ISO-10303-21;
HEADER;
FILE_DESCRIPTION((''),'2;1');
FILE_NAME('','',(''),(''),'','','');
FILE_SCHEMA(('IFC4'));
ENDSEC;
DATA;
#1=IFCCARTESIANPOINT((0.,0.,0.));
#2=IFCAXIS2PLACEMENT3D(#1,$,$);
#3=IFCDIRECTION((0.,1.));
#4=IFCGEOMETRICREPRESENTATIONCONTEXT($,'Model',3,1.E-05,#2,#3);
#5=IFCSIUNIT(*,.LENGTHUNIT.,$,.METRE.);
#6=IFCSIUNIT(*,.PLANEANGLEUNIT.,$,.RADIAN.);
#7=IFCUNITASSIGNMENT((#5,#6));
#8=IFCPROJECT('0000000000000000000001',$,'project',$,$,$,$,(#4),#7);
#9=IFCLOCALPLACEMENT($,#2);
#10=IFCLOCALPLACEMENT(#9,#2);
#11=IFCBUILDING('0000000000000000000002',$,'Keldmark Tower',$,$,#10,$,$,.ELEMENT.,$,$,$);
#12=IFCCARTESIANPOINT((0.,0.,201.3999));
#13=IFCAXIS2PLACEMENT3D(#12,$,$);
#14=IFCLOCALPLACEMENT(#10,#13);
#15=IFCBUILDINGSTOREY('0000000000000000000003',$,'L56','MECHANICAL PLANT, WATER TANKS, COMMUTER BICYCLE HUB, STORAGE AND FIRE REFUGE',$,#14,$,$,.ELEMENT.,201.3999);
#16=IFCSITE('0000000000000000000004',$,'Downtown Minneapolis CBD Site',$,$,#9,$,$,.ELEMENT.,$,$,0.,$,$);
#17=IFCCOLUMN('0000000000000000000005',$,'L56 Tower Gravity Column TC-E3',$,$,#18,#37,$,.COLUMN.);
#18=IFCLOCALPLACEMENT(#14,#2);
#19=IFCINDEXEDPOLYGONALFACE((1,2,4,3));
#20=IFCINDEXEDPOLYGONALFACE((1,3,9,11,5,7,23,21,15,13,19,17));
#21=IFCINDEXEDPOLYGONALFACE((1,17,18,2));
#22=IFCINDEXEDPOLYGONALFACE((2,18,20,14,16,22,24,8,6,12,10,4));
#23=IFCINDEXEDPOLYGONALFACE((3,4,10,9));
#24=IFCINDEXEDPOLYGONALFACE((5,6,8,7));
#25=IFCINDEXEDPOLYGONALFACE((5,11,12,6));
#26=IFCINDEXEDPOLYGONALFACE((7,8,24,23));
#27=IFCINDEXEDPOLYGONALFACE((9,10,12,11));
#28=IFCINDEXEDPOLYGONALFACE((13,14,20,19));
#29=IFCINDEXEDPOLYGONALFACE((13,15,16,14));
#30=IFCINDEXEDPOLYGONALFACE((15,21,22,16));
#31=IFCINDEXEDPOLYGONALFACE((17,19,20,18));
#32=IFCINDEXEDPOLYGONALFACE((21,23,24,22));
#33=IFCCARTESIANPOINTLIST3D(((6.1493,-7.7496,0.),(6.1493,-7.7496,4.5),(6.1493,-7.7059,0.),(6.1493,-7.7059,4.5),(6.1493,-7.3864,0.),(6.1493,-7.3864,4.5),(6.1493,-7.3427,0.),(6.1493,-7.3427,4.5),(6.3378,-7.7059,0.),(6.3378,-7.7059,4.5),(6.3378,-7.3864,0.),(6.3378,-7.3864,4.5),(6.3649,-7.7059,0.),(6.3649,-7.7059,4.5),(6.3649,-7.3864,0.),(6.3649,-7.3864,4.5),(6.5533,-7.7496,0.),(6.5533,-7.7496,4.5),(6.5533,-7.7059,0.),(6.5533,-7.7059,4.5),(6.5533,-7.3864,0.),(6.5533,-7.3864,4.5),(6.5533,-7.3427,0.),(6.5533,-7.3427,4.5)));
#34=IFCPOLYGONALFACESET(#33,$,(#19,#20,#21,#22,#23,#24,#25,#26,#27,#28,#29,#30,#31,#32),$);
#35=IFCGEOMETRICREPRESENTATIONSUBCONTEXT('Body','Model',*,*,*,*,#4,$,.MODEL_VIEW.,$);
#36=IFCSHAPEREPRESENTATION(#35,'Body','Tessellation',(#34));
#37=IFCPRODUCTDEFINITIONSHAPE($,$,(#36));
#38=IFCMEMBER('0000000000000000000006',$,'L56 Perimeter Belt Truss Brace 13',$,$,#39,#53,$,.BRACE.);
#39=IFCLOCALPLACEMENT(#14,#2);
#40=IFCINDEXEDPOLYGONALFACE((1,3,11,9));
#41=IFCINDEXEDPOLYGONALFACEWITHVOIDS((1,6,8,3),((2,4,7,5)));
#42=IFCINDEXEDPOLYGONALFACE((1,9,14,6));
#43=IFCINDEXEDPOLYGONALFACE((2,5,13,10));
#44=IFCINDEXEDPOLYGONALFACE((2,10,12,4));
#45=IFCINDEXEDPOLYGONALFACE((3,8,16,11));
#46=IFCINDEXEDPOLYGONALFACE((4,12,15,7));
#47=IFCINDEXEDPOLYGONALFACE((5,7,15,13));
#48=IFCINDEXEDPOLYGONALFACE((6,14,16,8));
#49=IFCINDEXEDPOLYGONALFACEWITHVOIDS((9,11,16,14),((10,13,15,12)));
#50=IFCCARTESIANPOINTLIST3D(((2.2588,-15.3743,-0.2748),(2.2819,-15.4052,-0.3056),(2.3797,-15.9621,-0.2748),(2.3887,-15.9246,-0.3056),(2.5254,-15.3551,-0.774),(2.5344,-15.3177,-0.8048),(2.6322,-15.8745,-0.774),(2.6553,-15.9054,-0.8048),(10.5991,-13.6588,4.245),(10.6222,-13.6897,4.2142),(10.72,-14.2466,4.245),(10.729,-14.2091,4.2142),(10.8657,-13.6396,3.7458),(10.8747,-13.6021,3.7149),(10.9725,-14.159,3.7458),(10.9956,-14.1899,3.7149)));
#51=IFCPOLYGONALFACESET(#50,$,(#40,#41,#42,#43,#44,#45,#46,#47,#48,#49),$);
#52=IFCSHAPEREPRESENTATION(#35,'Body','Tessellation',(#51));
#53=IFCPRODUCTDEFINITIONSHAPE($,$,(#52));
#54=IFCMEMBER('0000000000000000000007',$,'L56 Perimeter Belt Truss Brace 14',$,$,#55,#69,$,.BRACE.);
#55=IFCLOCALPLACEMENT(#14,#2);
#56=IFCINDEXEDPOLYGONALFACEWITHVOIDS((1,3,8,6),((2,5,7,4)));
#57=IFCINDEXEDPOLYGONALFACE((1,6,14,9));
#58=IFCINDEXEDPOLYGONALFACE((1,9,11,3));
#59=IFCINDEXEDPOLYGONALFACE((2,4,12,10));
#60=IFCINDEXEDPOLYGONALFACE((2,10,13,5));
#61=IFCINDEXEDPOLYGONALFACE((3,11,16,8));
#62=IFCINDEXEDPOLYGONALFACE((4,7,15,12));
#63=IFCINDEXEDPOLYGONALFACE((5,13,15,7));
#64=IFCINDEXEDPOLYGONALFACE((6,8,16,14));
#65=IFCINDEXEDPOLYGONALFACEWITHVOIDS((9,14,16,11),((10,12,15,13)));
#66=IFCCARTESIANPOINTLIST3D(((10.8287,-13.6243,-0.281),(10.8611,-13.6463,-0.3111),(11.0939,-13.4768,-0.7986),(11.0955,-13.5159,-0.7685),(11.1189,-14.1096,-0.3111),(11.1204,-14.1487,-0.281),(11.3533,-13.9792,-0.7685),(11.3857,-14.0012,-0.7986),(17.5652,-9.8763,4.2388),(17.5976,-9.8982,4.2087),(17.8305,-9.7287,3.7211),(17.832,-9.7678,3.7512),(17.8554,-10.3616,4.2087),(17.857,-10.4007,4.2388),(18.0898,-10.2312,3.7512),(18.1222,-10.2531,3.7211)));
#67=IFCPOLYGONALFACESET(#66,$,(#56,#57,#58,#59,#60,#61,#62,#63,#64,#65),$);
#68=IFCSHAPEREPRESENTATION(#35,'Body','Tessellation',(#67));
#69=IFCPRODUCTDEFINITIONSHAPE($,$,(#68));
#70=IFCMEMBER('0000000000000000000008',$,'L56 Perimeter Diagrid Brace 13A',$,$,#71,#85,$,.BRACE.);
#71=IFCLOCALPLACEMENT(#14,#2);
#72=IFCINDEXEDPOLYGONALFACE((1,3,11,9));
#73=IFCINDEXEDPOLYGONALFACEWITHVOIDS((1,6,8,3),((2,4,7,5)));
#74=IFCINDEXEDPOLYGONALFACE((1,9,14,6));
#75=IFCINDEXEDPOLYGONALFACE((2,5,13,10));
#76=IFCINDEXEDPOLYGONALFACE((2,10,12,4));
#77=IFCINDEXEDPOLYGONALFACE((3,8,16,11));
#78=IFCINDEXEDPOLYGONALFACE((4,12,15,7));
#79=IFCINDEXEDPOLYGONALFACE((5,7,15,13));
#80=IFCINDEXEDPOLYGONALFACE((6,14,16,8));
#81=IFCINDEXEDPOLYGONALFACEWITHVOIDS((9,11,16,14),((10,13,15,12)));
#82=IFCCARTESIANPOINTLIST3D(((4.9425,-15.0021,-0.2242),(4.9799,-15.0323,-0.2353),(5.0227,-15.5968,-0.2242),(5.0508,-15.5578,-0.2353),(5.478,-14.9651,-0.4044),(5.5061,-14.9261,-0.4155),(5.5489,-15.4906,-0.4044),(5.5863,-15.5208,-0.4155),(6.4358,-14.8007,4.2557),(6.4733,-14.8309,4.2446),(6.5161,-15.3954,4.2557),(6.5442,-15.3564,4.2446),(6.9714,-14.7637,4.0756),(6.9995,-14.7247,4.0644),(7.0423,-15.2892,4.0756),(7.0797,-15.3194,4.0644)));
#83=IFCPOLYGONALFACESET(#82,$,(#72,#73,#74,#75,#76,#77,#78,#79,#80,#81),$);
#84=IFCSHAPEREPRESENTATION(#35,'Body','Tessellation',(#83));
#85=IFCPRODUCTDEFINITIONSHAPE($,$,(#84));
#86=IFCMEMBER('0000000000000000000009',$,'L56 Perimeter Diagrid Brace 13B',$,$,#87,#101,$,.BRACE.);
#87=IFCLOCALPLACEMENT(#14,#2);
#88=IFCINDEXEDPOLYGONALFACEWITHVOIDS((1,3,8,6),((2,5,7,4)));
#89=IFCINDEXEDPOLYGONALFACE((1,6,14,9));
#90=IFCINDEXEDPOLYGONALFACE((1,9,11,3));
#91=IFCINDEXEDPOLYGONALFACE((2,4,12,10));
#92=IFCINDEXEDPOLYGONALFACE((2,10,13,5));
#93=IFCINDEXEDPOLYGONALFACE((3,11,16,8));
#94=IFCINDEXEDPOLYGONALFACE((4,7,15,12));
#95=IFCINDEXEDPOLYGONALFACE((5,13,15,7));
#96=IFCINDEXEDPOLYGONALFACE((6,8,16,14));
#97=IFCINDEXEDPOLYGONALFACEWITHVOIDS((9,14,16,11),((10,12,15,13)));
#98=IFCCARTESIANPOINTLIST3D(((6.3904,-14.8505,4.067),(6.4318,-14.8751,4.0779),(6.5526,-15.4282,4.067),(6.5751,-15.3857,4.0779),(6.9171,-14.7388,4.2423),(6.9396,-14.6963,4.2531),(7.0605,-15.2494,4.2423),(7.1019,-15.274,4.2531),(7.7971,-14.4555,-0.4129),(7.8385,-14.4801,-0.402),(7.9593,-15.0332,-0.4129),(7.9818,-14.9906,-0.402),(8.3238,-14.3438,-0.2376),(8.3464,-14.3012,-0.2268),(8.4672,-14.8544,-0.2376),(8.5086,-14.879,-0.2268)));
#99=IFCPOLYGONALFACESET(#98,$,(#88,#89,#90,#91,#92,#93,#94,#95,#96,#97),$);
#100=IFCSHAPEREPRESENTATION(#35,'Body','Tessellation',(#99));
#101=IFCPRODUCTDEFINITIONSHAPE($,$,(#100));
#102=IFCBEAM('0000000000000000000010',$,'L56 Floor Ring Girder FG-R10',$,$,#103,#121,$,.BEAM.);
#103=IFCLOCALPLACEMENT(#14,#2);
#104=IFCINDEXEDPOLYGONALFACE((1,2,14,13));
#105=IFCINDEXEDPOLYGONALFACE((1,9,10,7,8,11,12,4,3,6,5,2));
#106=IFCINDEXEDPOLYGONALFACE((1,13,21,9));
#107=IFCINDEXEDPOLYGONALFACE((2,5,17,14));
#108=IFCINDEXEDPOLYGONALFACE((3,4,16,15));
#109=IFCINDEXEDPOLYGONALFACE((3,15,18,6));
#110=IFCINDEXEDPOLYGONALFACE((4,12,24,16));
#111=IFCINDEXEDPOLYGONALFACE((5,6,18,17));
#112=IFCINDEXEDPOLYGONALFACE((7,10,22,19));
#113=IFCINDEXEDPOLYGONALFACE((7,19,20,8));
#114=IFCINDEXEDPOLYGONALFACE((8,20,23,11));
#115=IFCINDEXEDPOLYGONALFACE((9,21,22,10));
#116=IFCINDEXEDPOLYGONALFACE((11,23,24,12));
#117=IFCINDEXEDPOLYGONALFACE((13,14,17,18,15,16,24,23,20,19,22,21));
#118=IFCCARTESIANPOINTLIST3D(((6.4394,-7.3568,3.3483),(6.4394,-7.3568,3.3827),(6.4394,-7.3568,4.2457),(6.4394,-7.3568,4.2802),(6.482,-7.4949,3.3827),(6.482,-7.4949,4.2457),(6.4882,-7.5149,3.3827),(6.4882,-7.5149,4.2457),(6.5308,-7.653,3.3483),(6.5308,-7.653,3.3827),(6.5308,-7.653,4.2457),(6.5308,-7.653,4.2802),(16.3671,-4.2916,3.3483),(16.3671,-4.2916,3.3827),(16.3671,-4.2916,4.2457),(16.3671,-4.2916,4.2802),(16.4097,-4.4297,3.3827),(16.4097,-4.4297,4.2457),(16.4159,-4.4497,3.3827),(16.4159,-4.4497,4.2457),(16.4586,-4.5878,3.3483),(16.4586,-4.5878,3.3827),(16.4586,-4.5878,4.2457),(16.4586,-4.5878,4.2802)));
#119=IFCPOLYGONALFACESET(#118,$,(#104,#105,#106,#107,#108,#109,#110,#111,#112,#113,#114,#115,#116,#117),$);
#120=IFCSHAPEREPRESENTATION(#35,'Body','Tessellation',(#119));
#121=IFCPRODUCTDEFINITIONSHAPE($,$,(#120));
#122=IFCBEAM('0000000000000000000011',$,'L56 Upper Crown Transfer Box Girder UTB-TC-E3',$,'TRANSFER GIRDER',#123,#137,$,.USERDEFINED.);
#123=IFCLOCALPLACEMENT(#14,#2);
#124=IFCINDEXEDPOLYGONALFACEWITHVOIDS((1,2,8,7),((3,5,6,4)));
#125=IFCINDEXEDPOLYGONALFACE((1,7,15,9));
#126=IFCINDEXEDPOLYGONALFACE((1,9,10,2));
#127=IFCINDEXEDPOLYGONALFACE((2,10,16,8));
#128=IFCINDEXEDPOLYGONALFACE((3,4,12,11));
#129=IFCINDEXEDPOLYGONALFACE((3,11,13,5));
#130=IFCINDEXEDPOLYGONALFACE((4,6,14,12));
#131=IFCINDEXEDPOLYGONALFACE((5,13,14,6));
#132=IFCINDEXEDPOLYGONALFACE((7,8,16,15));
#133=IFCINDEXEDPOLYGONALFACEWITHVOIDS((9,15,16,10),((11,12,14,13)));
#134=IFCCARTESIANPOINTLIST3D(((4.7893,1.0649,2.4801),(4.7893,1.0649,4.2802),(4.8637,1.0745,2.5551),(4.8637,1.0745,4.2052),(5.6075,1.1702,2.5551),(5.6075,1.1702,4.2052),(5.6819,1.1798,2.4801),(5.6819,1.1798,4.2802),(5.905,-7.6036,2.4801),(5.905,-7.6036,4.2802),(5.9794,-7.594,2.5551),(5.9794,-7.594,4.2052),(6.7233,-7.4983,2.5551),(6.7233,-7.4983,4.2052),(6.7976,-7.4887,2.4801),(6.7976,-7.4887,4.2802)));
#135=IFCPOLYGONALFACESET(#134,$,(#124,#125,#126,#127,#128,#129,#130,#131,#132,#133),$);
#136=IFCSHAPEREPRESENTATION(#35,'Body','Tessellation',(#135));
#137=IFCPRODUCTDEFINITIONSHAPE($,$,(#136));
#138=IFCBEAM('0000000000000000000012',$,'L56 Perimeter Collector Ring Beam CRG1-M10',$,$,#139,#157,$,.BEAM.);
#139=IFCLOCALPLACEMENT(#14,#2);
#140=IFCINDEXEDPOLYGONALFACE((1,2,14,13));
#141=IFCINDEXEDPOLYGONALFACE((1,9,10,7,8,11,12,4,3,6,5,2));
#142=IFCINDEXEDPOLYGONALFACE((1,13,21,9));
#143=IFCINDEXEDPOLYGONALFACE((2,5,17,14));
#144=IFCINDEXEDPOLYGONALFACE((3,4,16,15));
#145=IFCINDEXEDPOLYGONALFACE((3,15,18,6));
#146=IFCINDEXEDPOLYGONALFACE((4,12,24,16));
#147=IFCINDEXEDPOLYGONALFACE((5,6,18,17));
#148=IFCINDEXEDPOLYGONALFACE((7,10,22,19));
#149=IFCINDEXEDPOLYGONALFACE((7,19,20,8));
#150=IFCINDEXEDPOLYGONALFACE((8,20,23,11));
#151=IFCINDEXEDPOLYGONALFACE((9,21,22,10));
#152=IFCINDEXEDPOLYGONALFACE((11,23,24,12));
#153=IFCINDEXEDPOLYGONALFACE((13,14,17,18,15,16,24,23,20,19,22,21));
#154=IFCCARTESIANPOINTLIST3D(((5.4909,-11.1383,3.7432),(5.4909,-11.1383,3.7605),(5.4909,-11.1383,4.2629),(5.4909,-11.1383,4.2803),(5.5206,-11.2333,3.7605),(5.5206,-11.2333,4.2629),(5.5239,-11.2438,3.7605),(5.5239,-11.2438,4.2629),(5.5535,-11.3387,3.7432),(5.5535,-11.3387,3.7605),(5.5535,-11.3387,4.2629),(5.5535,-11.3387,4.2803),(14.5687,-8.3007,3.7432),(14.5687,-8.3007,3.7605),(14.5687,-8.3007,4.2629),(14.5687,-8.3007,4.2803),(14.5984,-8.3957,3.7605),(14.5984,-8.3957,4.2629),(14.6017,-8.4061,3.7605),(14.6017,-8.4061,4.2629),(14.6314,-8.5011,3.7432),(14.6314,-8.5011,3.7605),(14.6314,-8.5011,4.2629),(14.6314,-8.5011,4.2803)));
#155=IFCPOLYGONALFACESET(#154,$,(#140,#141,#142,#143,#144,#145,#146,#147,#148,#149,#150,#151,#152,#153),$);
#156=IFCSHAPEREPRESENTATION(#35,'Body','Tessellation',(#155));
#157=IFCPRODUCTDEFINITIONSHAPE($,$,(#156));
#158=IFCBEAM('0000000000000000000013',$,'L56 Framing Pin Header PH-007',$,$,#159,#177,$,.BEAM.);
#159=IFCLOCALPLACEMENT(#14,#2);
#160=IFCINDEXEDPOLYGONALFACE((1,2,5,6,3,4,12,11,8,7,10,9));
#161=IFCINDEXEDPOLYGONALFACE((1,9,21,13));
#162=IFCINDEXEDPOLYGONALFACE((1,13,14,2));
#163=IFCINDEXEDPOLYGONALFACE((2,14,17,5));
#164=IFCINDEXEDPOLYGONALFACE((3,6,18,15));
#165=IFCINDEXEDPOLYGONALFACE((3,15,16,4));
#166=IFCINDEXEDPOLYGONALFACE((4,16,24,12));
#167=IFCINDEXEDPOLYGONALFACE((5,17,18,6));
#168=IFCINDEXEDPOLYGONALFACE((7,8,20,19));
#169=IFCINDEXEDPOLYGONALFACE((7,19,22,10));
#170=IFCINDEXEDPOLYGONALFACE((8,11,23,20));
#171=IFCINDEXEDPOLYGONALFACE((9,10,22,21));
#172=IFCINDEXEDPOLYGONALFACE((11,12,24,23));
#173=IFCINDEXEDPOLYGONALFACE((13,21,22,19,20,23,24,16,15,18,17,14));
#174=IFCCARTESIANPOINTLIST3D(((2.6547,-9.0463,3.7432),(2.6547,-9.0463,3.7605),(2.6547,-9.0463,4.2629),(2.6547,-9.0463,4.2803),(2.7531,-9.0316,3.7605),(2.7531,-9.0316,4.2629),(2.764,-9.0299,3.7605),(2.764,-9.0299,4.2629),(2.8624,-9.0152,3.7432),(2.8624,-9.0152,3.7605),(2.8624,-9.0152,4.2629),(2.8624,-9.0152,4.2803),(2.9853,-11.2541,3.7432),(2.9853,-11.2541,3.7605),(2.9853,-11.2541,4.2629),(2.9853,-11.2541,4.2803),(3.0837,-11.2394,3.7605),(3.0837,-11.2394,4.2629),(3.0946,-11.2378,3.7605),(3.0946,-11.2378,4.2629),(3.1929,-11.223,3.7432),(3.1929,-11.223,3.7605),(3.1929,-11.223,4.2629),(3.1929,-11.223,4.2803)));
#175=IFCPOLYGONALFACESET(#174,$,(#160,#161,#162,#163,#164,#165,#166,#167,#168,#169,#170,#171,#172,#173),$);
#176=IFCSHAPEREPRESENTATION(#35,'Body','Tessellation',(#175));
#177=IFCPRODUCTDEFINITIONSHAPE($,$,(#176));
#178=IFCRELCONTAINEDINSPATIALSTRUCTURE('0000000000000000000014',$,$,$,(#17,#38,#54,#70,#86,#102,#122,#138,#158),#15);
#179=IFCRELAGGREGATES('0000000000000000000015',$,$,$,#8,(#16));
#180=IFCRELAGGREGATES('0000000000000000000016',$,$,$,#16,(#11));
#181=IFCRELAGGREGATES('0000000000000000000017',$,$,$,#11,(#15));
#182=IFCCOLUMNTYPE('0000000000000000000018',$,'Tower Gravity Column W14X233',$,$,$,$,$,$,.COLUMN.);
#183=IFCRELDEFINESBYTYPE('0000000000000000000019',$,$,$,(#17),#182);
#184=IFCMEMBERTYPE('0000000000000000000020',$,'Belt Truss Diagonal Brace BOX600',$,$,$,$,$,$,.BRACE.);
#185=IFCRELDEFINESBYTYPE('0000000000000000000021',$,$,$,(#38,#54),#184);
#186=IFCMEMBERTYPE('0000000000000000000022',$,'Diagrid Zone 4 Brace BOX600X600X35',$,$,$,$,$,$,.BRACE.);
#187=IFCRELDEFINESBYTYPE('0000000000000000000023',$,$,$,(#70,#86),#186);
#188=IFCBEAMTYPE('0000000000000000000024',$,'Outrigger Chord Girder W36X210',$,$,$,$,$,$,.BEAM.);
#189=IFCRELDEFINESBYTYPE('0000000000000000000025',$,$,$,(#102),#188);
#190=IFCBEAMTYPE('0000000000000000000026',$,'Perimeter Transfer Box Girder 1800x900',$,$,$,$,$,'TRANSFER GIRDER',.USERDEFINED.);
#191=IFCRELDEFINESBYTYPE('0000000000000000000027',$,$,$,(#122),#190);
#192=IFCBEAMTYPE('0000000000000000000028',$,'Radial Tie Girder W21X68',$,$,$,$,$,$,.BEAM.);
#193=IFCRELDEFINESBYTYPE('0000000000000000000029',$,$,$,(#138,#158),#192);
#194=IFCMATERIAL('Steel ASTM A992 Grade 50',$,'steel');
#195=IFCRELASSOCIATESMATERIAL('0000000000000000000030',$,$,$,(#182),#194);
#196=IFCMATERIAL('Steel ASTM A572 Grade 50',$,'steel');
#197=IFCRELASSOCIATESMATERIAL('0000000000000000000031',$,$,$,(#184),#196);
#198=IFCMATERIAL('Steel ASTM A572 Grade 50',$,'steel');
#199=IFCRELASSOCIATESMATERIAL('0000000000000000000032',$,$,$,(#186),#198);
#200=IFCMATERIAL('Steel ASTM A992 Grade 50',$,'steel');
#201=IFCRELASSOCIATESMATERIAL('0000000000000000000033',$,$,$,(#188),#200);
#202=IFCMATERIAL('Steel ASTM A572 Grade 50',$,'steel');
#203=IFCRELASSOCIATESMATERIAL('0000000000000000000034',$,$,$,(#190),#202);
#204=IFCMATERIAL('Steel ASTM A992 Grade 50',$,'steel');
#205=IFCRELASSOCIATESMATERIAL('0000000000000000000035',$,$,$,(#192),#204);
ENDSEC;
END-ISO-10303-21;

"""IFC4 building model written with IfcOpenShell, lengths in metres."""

from ifc_helpers import new_model, si_unit, direction, frame, origin, origin_2d, place, context, subcontext, project, spatial, hollow_rectangle, i_section, extrude, material, material_profile, profile_set, type_object, element, save


model = new_model("IFC4")

# Units and contexts
model_context = context("Model", 3, precision=1e-05, world=origin(), true_north=direction((0.0, 1.0)))
body_context = subcontext(model_context, "Body", "Model", "MODEL_VIEW")
ifc_project = project(units=[si_unit("LENGTHUNIT", "METRE"), si_unit("PLANEANGLEUNIT", "RADIAN")], contexts=[model_context])

# Site, building, storey
site_placement = place(None, origin())
site = spatial("IfcSite", under=ifc_project, at=site_placement, Name="Downtown Minneapolis CBD Site", CompositionType="ELEMENT", RefElevation=0.0)
building_placement = place(site_placement, origin())
building = spatial("IfcBuilding", under=site, at=building_placement, Name="Keldmark Tower", CompositionType="ELEMENT")
storey_placement = place(building_placement, frame((0.0, 0.0, 201.3999)))
storey = spatial("IfcBuildingStorey", under=building, at=storey_placement, Name="L56", Description="MECHANICAL PLANT, WATER TANKS, COMMUTER BICYCLE HUB, STORAGE AND FIRE REFUGE", CompositionType="ELEMENT", Elevation=201.3999)

# Column
ifc_material_1 = material(Name="Steel ASTM A992 Grade 50", Category="steel")
ifc_material_profile_1 = material_profile(ifc_material_1, i_section(OverallWidth=0.4041, OverallDepth=0.407, WebThickness=0.0271, FlangeThickness=0.0437, at=origin_2d()), Name="W14X233")
ifc_profile_set_1 = profile_set([ifc_material_profile_1], Name="Steel ASTM A992 Grade 50")
column_type = type_object("IfcColumnType", Name="Tower Gravity Column W14X233", PredefinedType="COLUMN", material=ifc_profile_set_1)
column_placement = place(storey_placement, frame((6.3513, -7.5461, 0.0), z_axis=(0.0, 0.0, 1.0), x_axis=(1.0, 0.0, 0.0)))
element("IfcColumn", 1, at=column_placement, inside=storey, type_object=column_type, Name="L56 Tower Gravity Column TC-E3", PredefinedType="COLUMN", context=body_context, shape_type="SweptSolid", body=[
    extrude(i_section(OverallWidth=0.4041, OverallDepth=0.407, WebThickness=0.0271, FlangeThickness=0.0437, at=origin_2d()), origin(), (0.0, 0.0, 1.0), 4.5),
])

# Members
ifc_material_2 = material(Name="Steel ASTM A572 Grade 50", Category="steel")
ifc_material_profile_2 = material_profile(ifc_material_2, hollow_rectangle(XDim=0.6001, YDim=0.6001, WallThickness=0.0349, at=origin_2d()), Name="BOX600X600X35")
ifc_profile_set_2 = profile_set([ifc_material_profile_2], Name="Steel ASTM A572 Grade 50")
member_type_1 = type_object("IfcMemberType", Name="Belt Truss Diagonal Brace BOX600", PredefinedType="BRACE", material=ifc_profile_set_2)
member_1_placement = place(storey_placement, frame((2.457, -15.6399, -0.5398), z_axis=(0.865165, 0.177961, 0.468849), x_axis=(-0.201478, 0.979493, 0.0)))
element("IfcMember", 2, at=member_1_placement, inside=storey, type_object=member_type_1, Name="L56 Perimeter Belt Truss Brace 13", PredefinedType="BRACE", context=body_context, shape_type="SweptSolid", body=[
    extrude(hollow_rectangle(XDim=0.6001, YDim=0.6001, WallThickness=0.0349, at=origin_2d()), origin(), (0.0, 0.0, 1.0), 9.6401),
])
member_2_placement = place(storey_placement, frame((11.1072, -13.8127, -0.5398), z_axis=(0.753843, 0.419418, 0.505776), x_axis=(-0.486189, 0.873854, 0.0)))
element("IfcMember", 3, at=member_2_placement, inside=storey, type_object=member_type_1, Name="L56 Perimeter Belt Truss Brace 14", PredefinedType="BRACE", context=body_context, shape_type="SweptSolid", body=[
    extrude(hollow_rectangle(XDim=0.6001, YDim=0.6001, WallThickness=0.0349, at=origin_2d()), origin(), (0.0, 0.0, 1.0), 8.9363),
])
ifc_material_3 = material(Name="Steel ASTM A572 Grade 50", Category="steel")
ifc_material_profile_3 = material_profile(ifc_material_3, hollow_rectangle(XDim=0.6001, YDim=0.6001, WallThickness=0.0349, at=origin_2d()), Name="BOX600X600X35")
ifc_profile_set_3 = profile_set([ifc_material_profile_3], Name="Steel ASTM A572 Grade 50")
member_type_2 = type_object("IfcMemberType", Name="Diagrid Zone 4 Brace BOX600X600X35", PredefinedType="BRACE", material=ifc_profile_set_3)
member_3_placement = place(storey_placement, frame((5.2644, -15.2615, -0.3198), z_axis=(0.315956, 0.042613, 0.947816), x_axis=(-0.13366, 0.991027, 0.0)))
element("IfcMember", 4, at=member_3_placement, inside=storey, type_object=member_type_2, Name="L56 Perimeter Diagrid Brace 13A", PredefinedType="BRACE", context=body_context, shape_type="SweptSolid", body=[
    extrude(hollow_rectangle(XDim=0.6001, YDim=0.6001, WallThickness=0.0349, at=origin_2d()), origin(), (0.0, 0.0, 1.0), 4.7266),
])
member_4_placement = place(storey_placement, frame((8.1528, -14.6672, -0.3198), z_axis=(-0.298529, -0.083828, 0.950712), x_axis=(0.270349, -0.962762, 0.0)))
element("IfcMember", 5, at=member_4_placement, inside=storey, type_object=member_type_2, Name="L56 Perimeter Diagrid Brace 13B", PredefinedType="BRACE", context=body_context, shape_type="SweptSolid", body=[
    extrude(hollow_rectangle(XDim=0.6001, YDim=0.6001, WallThickness=0.0349, at=origin_2d()), origin(), (0.0, 0.0, 1.0), 4.7122),
])

# Beams
ifc_material_4 = material(Name="Steel ASTM A992 Grade 50", Category="steel")
ifc_material_profile_4 = material_profile(ifc_material_4, i_section(OverallWidth=0.3101, OverallDepth=0.9319, WebThickness=0.021, FlangeThickness=0.0344, at=origin_2d()), Name="W36X210")
ifc_profile_set_4 = profile_set([ifc_material_profile_4], Name="Steel ASTM A992 Grade 50")
beam_type_1 = type_object("IfcBeamType", Name="Outrigger Chord Girder W36X210", PredefinedType="BEAM", material=ifc_profile_set_4)
beam_1_placement = place(storey_placement, frame((6.4851, -7.5049, 3.8142), z_axis=(0.955495, 0.295009, 0.0), x_axis=(-0.295009, 0.955495, 0.0)))
element("IfcBeam", 6, at=beam_1_placement, inside=storey, type_object=beam_type_1, Name="L56 Floor Ring Girder FG-R10", PredefinedType="BEAM", context=body_context, shape_type="SweptSolid", body=[
    extrude(i_section(OverallWidth=0.3101, OverallDepth=0.9319, WebThickness=0.021, FlangeThickness=0.0344, at=origin_2d()), origin(), (0.0, 0.0, 1.0), 10.3901),
])
ifc_material_5 = material(Name="Steel ASTM A572 Grade 50", Category="steel")
ifc_material_profile_5 = material_profile(ifc_material_5, hollow_rectangle(XDim=0.8999, YDim=1.8, WallThickness=0.075, at=origin_2d()), Name="TBOX1800X900X75")
ifc_profile_set_5 = profile_set([ifc_material_profile_5], Name="Steel ASTM A572 Grade 50")
beam_type_2 = type_object("IfcBeamType", Name="Perimeter Transfer Box Girder 1800x900", ElementType="TRANSFER GIRDER", PredefinedType="USERDEFINED", material=ifc_profile_set_5)
beam_2_placement = place(storey_placement, frame((6.3513, -7.5461, 3.3801), z_axis=(-0.127658, 0.991818, 0.0), x_axis=(-0.991818, -0.127658, 0.0)))
element("IfcBeam", 7, at=beam_2_placement, inside=storey, type_object=beam_type_2, Name="L56 Upper Crown Transfer Box Girder UTB-TC-E3", ObjectType="TRANSFER GIRDER", PredefinedType="USERDEFINED", context=body_context, shape_type="SweptSolid", body=[
    extrude(hollow_rectangle(XDim=0.8999, YDim=1.8, WallThickness=0.075, at=origin_2d()), origin(), (0.0, 0.0, 1.0), 8.74),
])
ifc_material_6 = material(Name="Steel ASTM A992 Grade 50", Category="steel")
ifc_material_profile_6 = material_profile(ifc_material_6, i_section(OverallWidth=0.21, OverallDepth=0.5371, WebThickness=0.011, FlangeThickness=0.0173, at=origin_2d()), Name="W21X68")
ifc_profile_set_6 = profile_set([ifc_material_profile_6], Name="Steel ASTM A992 Grade 50")
beam_type_3 = type_object("IfcBeamType", Name="Radial Tie Girder W21X68", PredefinedType="BEAM", material=ifc_profile_set_6)
beam_3_placement = place(storey_placement, frame((5.5222, -11.2385, 4.0117), z_axis=(0.954456, 0.298352, 0.0), x_axis=(-0.298352, 0.954456, 0.0)))
element("IfcBeam", 8, at=beam_3_placement, inside=storey, type_object=beam_type_3, Name="L56 Perimeter Collector Ring Beam CRG1-M10", PredefinedType="BEAM", context=body_context, shape_type="SweptSolid", body=[
    extrude(i_section(OverallWidth=0.21, OverallDepth=0.5371, WebThickness=0.011, FlangeThickness=0.0173, at=origin_2d()), origin(), (0.0, 0.0, 1.0), 9.511),
])
beam_4_placement = place(storey_placement, frame((2.7585, -9.0308, 4.0117), z_axis=(0.148078, -0.988976, 0.0), x_axis=(0.988976, 0.148078, 0.0)))
element("IfcBeam", 9, at=beam_4_placement, inside=storey, type_object=beam_type_3, Name="L56 Framing Pin Header PH-007", PredefinedType="BEAM", context=body_context, shape_type="SweptSolid", body=[
    extrude(i_section(OverallWidth=0.21, OverallDepth=0.5371, WebThickness=0.011, FlangeThickness=0.0173, at=origin_2d()), origin(), (0.0, 0.0, 1.0), 2.2324),
])

save(model, "model.ifc")
